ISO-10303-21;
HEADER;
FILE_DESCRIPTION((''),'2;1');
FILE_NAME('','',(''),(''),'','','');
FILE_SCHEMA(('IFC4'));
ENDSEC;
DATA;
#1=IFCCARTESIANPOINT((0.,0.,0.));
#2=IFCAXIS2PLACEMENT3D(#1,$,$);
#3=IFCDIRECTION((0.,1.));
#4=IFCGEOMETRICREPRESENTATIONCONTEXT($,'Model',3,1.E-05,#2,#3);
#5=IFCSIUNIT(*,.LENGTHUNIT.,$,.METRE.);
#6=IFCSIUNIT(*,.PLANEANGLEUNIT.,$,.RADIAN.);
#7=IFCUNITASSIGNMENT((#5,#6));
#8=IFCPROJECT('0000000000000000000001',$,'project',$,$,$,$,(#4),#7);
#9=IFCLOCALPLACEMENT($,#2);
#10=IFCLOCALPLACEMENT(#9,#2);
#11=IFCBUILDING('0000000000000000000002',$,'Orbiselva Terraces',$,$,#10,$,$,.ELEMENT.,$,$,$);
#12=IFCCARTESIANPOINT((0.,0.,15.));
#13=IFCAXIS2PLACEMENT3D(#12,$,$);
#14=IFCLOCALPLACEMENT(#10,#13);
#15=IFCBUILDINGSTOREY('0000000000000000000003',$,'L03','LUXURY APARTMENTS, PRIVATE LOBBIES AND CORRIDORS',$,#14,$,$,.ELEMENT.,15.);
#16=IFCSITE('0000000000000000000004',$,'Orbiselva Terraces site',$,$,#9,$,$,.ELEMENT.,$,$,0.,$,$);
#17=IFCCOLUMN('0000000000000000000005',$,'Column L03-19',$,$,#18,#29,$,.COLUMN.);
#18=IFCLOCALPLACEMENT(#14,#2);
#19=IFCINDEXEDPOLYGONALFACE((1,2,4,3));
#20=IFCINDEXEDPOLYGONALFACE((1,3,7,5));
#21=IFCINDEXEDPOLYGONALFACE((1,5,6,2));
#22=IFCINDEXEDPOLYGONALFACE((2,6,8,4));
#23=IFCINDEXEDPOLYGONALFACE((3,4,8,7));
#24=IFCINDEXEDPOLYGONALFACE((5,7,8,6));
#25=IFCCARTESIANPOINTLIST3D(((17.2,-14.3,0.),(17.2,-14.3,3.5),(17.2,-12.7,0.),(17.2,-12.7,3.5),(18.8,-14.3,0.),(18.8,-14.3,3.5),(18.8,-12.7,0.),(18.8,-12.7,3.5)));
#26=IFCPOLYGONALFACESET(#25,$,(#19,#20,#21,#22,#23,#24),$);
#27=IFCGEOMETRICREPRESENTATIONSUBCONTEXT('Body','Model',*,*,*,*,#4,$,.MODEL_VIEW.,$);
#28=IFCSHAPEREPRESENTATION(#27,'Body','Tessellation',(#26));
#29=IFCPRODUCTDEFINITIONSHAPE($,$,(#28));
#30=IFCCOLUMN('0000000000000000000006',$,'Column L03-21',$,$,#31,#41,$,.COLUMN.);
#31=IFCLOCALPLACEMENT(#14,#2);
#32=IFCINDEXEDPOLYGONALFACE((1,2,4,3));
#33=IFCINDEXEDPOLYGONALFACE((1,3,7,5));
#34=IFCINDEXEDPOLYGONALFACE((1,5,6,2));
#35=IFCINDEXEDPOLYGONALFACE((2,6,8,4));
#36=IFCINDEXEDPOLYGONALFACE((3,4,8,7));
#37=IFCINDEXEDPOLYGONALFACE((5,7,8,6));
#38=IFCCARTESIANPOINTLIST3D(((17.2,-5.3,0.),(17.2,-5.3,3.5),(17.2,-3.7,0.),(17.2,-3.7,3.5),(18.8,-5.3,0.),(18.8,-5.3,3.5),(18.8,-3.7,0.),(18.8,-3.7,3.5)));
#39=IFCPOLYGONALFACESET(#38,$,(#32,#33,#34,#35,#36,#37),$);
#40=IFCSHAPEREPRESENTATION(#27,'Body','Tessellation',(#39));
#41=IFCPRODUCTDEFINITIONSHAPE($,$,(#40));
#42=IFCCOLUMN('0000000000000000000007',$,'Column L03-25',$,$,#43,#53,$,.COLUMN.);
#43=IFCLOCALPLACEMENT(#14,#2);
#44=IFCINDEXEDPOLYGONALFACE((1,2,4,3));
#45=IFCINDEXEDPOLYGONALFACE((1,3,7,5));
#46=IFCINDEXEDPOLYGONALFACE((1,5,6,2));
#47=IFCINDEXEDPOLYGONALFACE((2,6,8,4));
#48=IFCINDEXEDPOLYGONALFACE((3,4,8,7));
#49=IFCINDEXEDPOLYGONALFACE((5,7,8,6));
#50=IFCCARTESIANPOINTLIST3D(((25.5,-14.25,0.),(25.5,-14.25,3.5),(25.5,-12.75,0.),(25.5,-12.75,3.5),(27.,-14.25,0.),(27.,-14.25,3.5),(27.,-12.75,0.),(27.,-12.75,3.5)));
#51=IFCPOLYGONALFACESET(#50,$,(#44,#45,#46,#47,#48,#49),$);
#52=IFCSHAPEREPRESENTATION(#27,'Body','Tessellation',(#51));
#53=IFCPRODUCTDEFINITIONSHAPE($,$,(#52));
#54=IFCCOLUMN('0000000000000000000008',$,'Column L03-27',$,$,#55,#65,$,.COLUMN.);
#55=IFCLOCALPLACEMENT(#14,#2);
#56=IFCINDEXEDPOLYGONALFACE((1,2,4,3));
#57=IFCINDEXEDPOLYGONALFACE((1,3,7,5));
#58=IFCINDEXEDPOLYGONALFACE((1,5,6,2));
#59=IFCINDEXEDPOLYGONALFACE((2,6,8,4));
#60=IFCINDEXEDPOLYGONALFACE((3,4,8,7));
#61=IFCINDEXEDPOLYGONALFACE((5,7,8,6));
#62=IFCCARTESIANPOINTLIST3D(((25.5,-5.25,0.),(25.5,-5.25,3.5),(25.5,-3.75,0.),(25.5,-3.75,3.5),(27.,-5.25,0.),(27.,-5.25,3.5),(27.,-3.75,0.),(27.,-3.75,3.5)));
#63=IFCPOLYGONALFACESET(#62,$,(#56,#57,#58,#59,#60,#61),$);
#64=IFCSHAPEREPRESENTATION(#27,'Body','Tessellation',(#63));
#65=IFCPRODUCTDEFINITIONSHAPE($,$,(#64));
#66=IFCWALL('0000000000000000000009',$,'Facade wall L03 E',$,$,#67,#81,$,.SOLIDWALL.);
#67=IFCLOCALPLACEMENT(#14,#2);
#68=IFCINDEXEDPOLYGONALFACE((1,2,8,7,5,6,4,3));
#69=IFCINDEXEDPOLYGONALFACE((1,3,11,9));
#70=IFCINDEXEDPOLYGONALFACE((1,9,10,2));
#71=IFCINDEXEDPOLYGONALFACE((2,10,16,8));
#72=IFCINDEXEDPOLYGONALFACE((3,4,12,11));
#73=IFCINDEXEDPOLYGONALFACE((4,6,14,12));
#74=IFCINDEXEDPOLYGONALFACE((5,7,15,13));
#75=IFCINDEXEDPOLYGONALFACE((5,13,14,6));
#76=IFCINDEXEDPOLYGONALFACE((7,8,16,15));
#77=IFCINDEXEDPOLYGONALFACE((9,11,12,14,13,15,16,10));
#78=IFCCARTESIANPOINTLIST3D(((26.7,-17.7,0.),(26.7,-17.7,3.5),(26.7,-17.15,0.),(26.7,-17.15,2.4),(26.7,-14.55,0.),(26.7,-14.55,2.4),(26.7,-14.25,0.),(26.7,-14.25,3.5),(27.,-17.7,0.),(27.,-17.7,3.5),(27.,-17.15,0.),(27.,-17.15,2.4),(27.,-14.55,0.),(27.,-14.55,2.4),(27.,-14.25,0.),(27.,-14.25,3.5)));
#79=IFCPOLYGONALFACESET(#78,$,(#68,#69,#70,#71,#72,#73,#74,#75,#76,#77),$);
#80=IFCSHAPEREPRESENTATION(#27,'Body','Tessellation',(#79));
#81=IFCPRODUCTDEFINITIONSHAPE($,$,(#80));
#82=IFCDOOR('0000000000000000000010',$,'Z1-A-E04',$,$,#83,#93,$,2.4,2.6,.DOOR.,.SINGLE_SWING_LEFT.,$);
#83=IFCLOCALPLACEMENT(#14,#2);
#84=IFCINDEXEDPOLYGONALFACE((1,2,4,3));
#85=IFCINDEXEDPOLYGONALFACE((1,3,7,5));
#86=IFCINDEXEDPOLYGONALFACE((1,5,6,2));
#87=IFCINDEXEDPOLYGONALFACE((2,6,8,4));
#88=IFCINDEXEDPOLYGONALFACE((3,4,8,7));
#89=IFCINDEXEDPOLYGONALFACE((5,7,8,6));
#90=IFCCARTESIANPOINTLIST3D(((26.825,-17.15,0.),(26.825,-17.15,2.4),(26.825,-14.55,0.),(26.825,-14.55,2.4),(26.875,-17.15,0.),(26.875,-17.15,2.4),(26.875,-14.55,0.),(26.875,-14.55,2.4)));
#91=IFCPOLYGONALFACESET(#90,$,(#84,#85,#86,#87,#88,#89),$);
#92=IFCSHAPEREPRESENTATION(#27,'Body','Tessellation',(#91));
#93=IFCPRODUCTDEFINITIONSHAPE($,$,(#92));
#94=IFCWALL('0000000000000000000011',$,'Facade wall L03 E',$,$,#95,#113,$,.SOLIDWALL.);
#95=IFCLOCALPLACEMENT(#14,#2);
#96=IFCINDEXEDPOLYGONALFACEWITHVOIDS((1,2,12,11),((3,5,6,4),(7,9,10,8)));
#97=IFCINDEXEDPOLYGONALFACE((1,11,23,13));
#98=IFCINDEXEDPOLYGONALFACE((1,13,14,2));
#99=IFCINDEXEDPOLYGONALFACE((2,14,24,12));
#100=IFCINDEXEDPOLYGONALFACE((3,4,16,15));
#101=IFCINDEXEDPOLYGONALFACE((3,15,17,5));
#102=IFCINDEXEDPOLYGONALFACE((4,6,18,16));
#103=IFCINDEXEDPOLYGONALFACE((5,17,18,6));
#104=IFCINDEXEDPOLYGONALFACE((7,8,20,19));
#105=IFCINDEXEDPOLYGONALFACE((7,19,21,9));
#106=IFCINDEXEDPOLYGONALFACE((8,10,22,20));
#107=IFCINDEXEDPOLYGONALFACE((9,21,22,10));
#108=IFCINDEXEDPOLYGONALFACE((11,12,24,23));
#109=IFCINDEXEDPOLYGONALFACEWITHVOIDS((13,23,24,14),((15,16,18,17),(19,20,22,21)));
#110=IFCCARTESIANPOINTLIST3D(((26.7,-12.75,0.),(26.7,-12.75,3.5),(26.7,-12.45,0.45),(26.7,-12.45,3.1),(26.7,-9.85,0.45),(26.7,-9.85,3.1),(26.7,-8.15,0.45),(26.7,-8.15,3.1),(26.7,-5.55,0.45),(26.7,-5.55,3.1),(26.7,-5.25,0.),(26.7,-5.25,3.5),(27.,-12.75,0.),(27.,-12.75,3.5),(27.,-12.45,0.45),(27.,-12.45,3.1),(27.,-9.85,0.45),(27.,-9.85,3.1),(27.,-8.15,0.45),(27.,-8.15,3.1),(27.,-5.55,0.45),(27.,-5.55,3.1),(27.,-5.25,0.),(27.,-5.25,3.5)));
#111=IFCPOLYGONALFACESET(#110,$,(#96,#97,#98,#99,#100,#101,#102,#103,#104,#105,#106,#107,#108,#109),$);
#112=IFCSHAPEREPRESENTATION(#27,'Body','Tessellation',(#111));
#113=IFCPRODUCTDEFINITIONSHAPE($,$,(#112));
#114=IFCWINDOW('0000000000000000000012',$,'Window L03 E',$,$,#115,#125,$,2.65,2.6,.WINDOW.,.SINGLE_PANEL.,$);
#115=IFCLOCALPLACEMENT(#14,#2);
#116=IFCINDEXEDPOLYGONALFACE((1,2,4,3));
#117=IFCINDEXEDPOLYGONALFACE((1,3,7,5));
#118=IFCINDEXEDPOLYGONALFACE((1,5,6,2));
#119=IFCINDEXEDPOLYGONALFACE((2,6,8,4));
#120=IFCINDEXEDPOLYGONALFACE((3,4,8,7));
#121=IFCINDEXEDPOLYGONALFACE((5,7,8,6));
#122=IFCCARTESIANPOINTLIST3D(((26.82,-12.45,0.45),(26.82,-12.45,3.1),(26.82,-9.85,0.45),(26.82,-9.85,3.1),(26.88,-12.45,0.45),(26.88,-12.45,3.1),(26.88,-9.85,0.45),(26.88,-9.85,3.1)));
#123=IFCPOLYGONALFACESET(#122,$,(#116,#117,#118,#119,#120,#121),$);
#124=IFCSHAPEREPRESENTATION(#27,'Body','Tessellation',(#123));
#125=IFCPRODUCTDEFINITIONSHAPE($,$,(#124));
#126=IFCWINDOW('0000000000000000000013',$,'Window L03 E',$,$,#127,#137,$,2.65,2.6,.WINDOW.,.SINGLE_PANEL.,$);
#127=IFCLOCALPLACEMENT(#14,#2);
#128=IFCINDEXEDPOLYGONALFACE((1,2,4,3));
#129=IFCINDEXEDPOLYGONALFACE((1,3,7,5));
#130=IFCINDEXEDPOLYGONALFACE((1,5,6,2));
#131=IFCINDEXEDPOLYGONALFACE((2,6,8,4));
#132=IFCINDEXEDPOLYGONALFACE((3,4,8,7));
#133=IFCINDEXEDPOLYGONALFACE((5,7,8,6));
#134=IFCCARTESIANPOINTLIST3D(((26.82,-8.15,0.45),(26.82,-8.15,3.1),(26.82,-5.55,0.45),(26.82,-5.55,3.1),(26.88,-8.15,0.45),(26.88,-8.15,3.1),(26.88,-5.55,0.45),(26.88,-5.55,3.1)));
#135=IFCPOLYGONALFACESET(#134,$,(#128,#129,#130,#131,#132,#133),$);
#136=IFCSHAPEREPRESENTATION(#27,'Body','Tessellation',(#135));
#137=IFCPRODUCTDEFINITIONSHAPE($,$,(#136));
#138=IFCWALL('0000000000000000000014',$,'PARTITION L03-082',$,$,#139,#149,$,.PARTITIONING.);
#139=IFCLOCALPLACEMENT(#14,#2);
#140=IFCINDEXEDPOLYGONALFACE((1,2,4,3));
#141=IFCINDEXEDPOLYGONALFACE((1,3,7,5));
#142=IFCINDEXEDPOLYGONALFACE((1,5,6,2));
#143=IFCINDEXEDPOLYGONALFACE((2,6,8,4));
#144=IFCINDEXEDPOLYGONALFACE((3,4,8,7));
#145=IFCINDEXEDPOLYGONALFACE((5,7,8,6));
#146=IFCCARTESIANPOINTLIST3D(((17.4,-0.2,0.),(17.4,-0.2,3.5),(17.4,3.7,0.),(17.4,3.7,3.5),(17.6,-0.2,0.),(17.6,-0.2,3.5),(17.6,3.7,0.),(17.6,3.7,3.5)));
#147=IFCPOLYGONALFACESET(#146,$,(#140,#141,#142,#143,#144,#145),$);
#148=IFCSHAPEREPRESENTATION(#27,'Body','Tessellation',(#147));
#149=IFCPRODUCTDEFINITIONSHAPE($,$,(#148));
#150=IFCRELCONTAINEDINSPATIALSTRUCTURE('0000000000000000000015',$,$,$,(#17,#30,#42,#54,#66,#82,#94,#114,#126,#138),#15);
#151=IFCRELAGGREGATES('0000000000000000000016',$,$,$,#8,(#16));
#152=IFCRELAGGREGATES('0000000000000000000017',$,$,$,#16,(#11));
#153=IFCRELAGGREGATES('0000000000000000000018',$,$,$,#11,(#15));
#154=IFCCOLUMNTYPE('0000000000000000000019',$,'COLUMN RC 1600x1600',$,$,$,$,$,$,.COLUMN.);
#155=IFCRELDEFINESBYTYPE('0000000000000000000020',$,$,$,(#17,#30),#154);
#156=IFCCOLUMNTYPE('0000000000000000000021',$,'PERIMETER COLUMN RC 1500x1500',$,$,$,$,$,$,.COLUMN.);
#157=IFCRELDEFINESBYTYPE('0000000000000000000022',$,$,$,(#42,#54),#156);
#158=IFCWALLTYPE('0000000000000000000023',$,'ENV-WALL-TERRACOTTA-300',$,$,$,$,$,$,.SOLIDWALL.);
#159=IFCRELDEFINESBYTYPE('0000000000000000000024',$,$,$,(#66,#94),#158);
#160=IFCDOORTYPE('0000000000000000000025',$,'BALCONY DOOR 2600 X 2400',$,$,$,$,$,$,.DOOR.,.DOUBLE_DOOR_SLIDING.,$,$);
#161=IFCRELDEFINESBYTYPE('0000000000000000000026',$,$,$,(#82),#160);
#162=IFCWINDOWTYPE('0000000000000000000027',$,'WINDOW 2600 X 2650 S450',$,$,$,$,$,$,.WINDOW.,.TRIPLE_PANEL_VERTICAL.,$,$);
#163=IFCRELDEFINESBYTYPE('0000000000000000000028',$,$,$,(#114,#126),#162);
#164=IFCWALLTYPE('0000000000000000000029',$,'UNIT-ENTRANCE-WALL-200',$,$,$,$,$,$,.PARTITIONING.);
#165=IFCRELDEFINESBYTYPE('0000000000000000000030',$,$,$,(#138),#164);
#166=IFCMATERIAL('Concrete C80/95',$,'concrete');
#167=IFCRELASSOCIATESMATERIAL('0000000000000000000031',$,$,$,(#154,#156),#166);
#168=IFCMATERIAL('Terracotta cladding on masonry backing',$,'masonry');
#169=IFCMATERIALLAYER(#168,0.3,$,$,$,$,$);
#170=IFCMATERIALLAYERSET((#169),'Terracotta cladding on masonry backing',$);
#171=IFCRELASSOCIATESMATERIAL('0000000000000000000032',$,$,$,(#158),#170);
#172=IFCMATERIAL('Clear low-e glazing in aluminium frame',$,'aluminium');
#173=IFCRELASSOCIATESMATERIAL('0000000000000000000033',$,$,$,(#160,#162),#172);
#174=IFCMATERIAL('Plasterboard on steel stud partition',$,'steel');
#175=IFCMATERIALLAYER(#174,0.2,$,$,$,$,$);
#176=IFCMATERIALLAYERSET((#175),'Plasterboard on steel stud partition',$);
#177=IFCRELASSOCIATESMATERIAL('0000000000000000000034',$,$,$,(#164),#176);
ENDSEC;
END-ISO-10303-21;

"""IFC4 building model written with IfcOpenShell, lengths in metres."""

from ifc_helpers import new_model, si_unit, direction, frame, frame_2d, origin, origin_2d, place, context, subcontext, project, spatial, rectangle, extrude, material, layer, layer_set, material_profile, profile_set, type_object, element, fill, save


model = new_model("IFC4")

# Units and contexts
model_context = context("Model", 3, precision=1e-05, world=origin(), true_north=direction((0.0, 1.0)))
body_context = subcontext(model_context, "Body", "Model", "MODEL_VIEW")
ifc_project = project(units=[si_unit("LENGTHUNIT", "METRE"), si_unit("PLANEANGLEUNIT", "RADIAN")], contexts=[model_context])

# Site, building, storey
site_placement = place(None, origin())
site = spatial("IfcSite", under=ifc_project, at=site_placement, Name="Orbiselva Terraces site", CompositionType="ELEMENT", RefElevation=0.0)
building_placement = place(site_placement, origin())
building = spatial("IfcBuilding", under=site, at=building_placement, Name="Orbiselva Terraces", CompositionType="ELEMENT")
storey_placement = place(building_placement, frame((0.0, 0.0, 15.0)))
storey = spatial("IfcBuildingStorey", under=building, at=storey_placement, Name="L03", Description="LUXURY APARTMENTS, PRIVATE LOBBIES AND CORRIDORS", CompositionType="ELEMENT", Elevation=15.0)

# Columns
ifc_material_1 = material(Name="Concrete C80/95", Category="concrete")
ifc_material_profile_1 = material_profile(ifc_material_1, rectangle(XDim=1.6, YDim=1.6, at=origin_2d()), Name="RC 1600x1600")
ifc_profile_set_1 = profile_set([ifc_material_profile_1], Name="Concrete C80/95")
column_type_1 = type_object("IfcColumnType", Name="COLUMN RC 1600x1600", PredefinedType="COLUMN", material=ifc_profile_set_1)
for number, where, z_axis, x_axis, name in (
    (1, (18.0, -13.5, 0.0), (0.0, 0.0, 1.0), (1.0, 0.0, 0.0), "Column L03-19"),
    (2, (18.0, -4.5, 0.0), (0.0, 0.0, 1.0), (1.0, 0.0, 0.0), "Column L03-21"),
):
    element("IfcColumn", number, at=place(storey_placement, frame(where, z_axis=z_axis, x_axis=x_axis)), inside=storey, type_object=column_type_1, Name=name, PredefinedType="COLUMN", context=body_context, shape_type="SweptSolid", body=[
        extrude(rectangle(XDim=1.6, YDim=1.6, at=origin_2d()), origin(), (0.0, 0.0, 1.0), 3.5),
    ])
ifc_material_profile_2 = material_profile(ifc_material_1, rectangle(XDim=1.5, YDim=1.5, at=origin_2d()), Name="RC 1500x1500")
ifc_profile_set_2 = profile_set([ifc_material_profile_2], Name="Concrete C80/95")
column_type_2 = type_object("IfcColumnType", Name="PERIMETER COLUMN RC 1500x1500", PredefinedType="COLUMN", material=ifc_profile_set_2)
for number, where, z_axis, x_axis, name in (
    (3, (26.25, -13.5, 0.0), (0.0, 0.0, 1.0), (1.0, 0.0, 0.0), "Column L03-25"),
    (4, (26.25, -4.5, 0.0), (0.0, 0.0, 1.0), (1.0, 0.0, 0.0), "Column L03-27"),
):
    element("IfcColumn", number, at=place(storey_placement, frame(where, z_axis=z_axis, x_axis=x_axis)), inside=storey, type_object=column_type_2, Name=name, PredefinedType="COLUMN", context=body_context, shape_type="SweptSolid", body=[
        extrude(rectangle(XDim=1.5, YDim=1.5, at=origin_2d()), origin(), (0.0, 0.0, 1.0), 3.5),
    ])

# Wall, opening, door
ifc_material_2 = material(Name="Terracotta cladding on masonry backing", Category="masonry")
ifc_layer_1 = layer(ifc_material_2, 0.3)
ifc_layer_set_1 = layer_set([ifc_layer_1], Name="Terracotta cladding on masonry backing")
wall_type_1 = type_object("IfcWallType", Name="ENV-WALL-TERRACOTTA-300", PredefinedType="SOLIDWALL", material=ifc_layer_set_1)
wall_1_placement = place(storey_placement, frame((26.85, -14.25, 0.0), z_axis=(0.0, 0.0, 1.0), x_axis=(0.0, -1.0, 0.0)))
wall_1 = element("IfcWall", 5, at=wall_1_placement, inside=storey, type_object=wall_type_1, Name="Facade wall L03 E", PredefinedType="SOLIDWALL", context=body_context, shape_type="SweptSolid", body=[
    extrude(rectangle(XDim=3.45, YDim=0.3, at=frame_2d((1.725, 0.0))), origin(), (0.0, 0.0, 1.0), 3.5),
])
opening_1_placement = place(wall_1_placement, frame((0.3, 0.0, 0.0)))
opening_1 = element("IfcOpeningElement", 6, at=opening_1_placement, cuts=wall_1, PredefinedType="OPENING", context=body_context, shape_type="SweptSolid", body=[
    extrude(rectangle(XDim=2.6, YDim=2.4, at=frame_2d((1.3, 1.2))), frame((0.0, 0.16, 0.0), z_axis=(0.0, -1.0, 0.0), x_axis=(1.0, 0.0, 0.0)), (0.0, 0.0, 1.0), 0.32),
])
ifc_material_3 = material(Name="Clear low-e glazing in aluminium frame", Category="aluminium")
door_type_1 = type_object("IfcDoorType", Name="BALCONY DOOR 2600 X 2400", OperationType="DOUBLE_DOOR_SLIDING", PredefinedType="DOOR", material=ifc_material_3)
door_1_placement = place(opening_1_placement, origin())
door_1 = element("IfcDoor", 7, at=door_1_placement, inside=storey, type_object=door_type_1, Name="Z1-A-E04", OperationType="SINGLE_SWING_LEFT", OverallHeight=2.4, OverallWidth=2.6, PredefinedType="DOOR", context=body_context, shape_type="SweptSolid", body=[
    extrude(rectangle(XDim=2.6, YDim=2.4, at=frame_2d((1.3, 1.2))), frame((0.0, 0.025, 0.0), z_axis=(0.0, -1.0, 0.0), x_axis=(1.0, 0.0, 0.0)), (0.0, 0.0, 1.0), 0.05),
])
fill(opening_1, door_1)

# Wall, openings, windows
wall_2_placement = place(storey_placement, frame((26.85, -5.25, 0.0), z_axis=(0.0, 0.0, 1.0), x_axis=(0.0, -1.0, 0.0)))
wall_2 = element("IfcWall", 8, at=wall_2_placement, inside=storey, type_object=wall_type_1, Name="Facade wall L03 E", PredefinedType="SOLIDWALL", context=body_context, shape_type="SweptSolid", body=[
    extrude(rectangle(XDim=7.5, YDim=0.3, at=frame_2d((3.75, 0.0))), origin(), (0.0, 0.0, 1.0), 3.5),
])
opening_2_placement = place(wall_2_placement, frame((4.6, 0.0, 0.45)))
opening_2 = element("IfcOpeningElement", 9, at=opening_2_placement, cuts=wall_2, PredefinedType="OPENING", context=body_context, shape_type="SweptSolid", body=[
    extrude(rectangle(XDim=2.6, YDim=2.65, at=frame_2d((1.3, 1.325))), frame((0.0, 0.16, 0.0), z_axis=(0.0, -1.0, 0.0), x_axis=(1.0, 0.0, 0.0)), (0.0, 0.0, 1.0), 0.32),
])
opening_3_placement = place(wall_2_placement, frame((0.3, 0.0, 0.45)))
opening_3 = element("IfcOpeningElement", 10, at=opening_3_placement, cuts=wall_2, PredefinedType="OPENING", context=body_context, shape_type="SweptSolid", body=[
    extrude(rectangle(XDim=2.6, YDim=2.65, at=frame_2d((1.3, 1.325))), frame((0.0, 0.16, 0.0), z_axis=(0.0, -1.0, 0.0), x_axis=(1.0, 0.0, 0.0)), (0.0, 0.0, 1.0), 0.32),
])
window_type = type_object("IfcWindowType", Name="WINDOW 2600 X 2650 S450", PartitioningType="TRIPLE_PANEL_VERTICAL", PredefinedType="WINDOW", material=ifc_material_3)
window_1_placement = place(opening_2_placement, origin())
window_1 = element("IfcWindow", 11, at=window_1_placement, inside=storey, type_object=window_type, Name="Window L03 E", OverallHeight=2.65, OverallWidth=2.6, PartitioningType="SINGLE_PANEL", PredefinedType="WINDOW", context=body_context, shape_type="SweptSolid", body=[
    extrude(rectangle(XDim=2.6, YDim=2.65, at=frame_2d((1.3, 1.325))), frame((0.0, 0.03, 0.0), z_axis=(0.0, -1.0, 0.0), x_axis=(1.0, 0.0, 0.0)), (0.0, 0.0, 1.0), 0.06),
])
fill(opening_2, window_1)
window_2_placement = place(opening_3_placement, origin())
window_2 = element("IfcWindow", 12, at=window_2_placement, inside=storey, type_object=window_type, Name="Window L03 E", OverallHeight=2.65, OverallWidth=2.6, PartitioningType="SINGLE_PANEL", PredefinedType="WINDOW", context=body_context, shape_type="SweptSolid", body=[
    extrude(rectangle(XDim=2.6, YDim=2.65, at=frame_2d((1.3, 1.325))), frame((0.0, 0.03, 0.0), z_axis=(0.0, -1.0, 0.0), x_axis=(1.0, 0.0, 0.0)), (0.0, 0.0, 1.0), 0.06),
])
fill(opening_3, window_2)

# Wall
ifc_material_4 = material(Name="Plasterboard on steel stud partition", Category="steel")
ifc_layer_2 = layer(ifc_material_4, 0.2)
ifc_layer_set_2 = layer_set([ifc_layer_2], Name="Plasterboard on steel stud partition")
wall_type_2 = type_object("IfcWallType", Name="UNIT-ENTRANCE-WALL-200", PredefinedType="PARTITIONING", material=ifc_layer_set_2)
wall_3_placement = place(storey_placement, frame((17.5, -0.2, 0.0), z_axis=(0.0, 0.0, 1.0), x_axis=(0.0, 1.0, 0.0)))
element("IfcWall", 13, at=wall_3_placement, inside=storey, type_object=wall_type_2, Name="PARTITION L03-082", PredefinedType="PARTITIONING", context=body_context, shape_type="SweptSolid", body=[
    extrude(rectangle(XDim=3.9, YDim=0.2, at=frame_2d((1.95, 0.0))), origin(), (0.0, 0.0, 1.0), 3.5),
])

save(model, "model.ifc")
